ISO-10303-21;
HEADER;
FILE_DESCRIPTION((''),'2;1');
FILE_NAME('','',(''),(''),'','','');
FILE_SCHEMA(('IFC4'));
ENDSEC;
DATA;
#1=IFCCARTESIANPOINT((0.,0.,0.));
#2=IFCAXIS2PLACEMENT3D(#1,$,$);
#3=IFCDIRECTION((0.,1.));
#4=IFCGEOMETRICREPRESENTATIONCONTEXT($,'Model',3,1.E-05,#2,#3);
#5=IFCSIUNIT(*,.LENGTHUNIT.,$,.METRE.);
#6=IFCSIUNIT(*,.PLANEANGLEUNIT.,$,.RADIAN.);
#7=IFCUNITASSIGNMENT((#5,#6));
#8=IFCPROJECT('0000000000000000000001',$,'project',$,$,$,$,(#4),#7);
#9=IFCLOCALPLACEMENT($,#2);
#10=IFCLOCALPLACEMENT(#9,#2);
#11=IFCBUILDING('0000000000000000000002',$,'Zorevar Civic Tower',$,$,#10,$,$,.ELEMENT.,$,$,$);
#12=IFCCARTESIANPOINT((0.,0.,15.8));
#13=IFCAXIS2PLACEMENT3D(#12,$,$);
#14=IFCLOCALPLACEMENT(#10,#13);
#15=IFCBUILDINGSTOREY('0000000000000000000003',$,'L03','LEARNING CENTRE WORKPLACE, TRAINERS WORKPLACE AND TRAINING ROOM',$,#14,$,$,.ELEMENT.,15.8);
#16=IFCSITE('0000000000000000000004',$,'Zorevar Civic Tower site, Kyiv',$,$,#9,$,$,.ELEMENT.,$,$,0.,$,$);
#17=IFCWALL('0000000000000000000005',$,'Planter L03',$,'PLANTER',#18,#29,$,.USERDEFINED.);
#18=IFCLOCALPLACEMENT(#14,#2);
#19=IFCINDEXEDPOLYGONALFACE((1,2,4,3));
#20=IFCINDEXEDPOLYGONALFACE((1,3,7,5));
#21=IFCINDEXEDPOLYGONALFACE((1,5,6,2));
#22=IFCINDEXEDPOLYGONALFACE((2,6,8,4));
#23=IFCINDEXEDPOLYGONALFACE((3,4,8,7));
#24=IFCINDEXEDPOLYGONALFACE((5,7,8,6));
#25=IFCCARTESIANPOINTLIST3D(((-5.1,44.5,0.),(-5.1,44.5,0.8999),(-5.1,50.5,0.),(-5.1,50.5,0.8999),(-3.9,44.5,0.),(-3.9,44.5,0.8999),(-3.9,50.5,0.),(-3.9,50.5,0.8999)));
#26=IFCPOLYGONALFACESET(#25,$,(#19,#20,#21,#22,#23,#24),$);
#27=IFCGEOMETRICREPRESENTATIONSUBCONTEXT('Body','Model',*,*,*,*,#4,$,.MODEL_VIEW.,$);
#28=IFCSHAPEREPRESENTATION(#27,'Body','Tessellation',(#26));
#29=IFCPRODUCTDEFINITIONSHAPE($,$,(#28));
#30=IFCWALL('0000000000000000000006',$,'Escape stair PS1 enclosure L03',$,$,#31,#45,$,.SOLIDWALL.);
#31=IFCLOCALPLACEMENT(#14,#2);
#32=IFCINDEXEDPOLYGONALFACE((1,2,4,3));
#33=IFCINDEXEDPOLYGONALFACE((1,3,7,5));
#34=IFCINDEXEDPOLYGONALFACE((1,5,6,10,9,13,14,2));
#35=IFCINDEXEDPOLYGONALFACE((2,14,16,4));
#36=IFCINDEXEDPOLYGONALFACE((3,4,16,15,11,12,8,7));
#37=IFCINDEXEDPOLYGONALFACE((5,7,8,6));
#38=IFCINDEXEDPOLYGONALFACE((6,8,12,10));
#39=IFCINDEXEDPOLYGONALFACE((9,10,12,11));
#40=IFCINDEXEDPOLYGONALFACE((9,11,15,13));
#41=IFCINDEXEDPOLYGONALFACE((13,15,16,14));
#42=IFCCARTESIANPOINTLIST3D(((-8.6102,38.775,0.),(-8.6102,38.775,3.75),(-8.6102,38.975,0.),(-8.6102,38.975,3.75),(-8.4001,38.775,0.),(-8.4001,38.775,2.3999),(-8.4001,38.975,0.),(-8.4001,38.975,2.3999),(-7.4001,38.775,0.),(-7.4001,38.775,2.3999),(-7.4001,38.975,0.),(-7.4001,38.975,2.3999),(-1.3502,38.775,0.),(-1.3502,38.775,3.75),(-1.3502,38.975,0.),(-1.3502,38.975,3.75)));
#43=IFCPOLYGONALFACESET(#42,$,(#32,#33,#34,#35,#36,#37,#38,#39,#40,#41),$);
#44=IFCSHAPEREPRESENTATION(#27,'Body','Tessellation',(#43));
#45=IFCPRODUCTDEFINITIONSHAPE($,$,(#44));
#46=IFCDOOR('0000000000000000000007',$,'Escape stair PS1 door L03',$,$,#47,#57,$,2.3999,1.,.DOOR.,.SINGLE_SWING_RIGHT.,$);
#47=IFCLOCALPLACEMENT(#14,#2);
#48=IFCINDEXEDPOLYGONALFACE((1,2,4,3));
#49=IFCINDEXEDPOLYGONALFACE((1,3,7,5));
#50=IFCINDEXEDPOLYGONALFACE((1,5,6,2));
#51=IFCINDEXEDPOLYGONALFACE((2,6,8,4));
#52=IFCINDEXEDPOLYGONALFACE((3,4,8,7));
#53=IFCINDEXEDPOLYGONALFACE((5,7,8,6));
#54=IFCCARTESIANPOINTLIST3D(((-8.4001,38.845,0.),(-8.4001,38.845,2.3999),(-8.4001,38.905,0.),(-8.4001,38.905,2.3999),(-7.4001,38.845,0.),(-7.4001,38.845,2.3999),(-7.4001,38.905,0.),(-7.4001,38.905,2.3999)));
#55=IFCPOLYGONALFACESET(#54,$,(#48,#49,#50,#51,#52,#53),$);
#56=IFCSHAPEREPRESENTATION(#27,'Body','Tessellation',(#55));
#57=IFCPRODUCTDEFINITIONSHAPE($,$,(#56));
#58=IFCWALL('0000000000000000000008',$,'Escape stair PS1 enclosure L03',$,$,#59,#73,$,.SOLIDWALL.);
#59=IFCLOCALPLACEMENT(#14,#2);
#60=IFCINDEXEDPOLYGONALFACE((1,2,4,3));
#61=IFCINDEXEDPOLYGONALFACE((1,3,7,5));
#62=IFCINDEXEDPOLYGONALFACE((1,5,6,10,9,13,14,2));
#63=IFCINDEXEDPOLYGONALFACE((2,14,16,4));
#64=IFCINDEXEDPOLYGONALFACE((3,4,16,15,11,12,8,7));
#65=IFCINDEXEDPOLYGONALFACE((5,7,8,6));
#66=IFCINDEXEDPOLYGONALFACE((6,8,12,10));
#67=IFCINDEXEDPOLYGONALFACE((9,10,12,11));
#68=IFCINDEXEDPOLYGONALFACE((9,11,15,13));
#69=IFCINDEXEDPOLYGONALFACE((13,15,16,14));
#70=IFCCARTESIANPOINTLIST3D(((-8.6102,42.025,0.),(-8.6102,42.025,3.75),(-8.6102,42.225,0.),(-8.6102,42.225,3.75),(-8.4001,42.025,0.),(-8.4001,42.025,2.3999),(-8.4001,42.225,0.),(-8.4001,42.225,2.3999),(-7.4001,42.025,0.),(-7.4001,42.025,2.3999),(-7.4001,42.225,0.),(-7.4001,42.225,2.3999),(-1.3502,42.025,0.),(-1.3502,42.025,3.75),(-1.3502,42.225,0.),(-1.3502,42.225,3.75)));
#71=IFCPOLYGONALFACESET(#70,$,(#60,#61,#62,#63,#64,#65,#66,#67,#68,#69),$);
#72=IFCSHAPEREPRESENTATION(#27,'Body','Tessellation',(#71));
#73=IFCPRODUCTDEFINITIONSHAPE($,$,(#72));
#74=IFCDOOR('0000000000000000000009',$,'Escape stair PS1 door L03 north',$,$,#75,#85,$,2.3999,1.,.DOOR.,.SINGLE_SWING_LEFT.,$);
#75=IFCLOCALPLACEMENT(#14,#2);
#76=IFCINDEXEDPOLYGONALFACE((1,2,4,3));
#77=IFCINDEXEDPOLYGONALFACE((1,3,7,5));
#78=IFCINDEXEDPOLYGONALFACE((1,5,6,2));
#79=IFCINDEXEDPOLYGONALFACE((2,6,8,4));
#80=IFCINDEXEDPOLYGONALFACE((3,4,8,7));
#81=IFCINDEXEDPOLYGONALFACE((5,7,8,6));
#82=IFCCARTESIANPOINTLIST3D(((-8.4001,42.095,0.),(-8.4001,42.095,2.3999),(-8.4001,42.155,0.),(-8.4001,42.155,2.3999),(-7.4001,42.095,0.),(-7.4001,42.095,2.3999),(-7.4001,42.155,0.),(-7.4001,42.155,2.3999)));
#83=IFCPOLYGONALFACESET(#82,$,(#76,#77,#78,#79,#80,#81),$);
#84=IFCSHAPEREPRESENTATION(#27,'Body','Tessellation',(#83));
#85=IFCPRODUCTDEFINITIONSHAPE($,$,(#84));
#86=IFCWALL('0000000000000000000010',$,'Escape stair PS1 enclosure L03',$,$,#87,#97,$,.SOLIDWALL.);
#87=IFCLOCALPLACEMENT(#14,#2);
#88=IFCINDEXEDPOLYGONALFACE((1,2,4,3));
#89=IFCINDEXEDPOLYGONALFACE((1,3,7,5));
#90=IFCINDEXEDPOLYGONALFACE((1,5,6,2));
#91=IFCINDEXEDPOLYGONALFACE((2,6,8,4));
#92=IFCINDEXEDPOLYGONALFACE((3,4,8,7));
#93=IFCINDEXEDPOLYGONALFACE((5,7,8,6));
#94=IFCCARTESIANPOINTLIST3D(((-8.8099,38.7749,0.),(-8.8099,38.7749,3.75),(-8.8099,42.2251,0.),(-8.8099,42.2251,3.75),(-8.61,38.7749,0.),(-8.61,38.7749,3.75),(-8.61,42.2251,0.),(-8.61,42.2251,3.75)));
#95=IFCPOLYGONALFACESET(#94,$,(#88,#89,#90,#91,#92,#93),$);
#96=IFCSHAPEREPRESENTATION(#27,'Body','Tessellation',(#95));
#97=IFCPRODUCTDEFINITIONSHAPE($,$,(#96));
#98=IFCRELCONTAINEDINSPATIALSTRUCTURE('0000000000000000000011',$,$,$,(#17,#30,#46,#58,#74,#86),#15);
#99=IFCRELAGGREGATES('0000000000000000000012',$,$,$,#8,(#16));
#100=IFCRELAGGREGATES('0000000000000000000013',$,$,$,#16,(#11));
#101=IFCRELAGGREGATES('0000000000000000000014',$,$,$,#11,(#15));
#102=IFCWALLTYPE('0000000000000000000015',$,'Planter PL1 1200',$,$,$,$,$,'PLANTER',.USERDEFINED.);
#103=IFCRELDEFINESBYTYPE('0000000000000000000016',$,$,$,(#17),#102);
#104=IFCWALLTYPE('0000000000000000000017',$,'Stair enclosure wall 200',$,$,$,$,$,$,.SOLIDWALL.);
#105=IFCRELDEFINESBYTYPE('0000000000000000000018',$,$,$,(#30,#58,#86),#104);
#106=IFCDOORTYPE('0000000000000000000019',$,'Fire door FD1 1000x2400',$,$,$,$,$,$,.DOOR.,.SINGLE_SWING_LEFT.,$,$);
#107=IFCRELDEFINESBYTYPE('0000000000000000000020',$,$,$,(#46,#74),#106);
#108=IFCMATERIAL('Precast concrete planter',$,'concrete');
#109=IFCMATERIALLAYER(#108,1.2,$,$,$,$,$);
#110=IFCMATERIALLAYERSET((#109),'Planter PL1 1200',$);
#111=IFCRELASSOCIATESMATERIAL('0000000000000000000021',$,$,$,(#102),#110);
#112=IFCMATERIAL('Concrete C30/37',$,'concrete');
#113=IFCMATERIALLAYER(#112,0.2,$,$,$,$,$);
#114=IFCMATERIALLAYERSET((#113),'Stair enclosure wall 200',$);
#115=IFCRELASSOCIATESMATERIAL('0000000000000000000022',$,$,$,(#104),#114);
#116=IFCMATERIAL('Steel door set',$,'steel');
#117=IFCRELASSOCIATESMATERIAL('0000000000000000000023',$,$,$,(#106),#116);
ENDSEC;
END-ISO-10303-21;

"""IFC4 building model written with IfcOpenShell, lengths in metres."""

from ifc_helpers import new_model, si_unit, direction, frame, frame_2d, origin, place, context, subcontext, project, spatial, rectangle, extrude, material, layer, layer_set, type_object, element, fill, save


model = new_model("IFC4")

# Units and contexts
model_context = context("Model", 3, precision=1e-05, world=origin(), true_north=direction((0.0, 1.0)))
body_context = subcontext(model_context, "Body", "Model", "MODEL_VIEW")
ifc_project = project(units=[si_unit("LENGTHUNIT", "METRE"), si_unit("PLANEANGLEUNIT", "RADIAN")], contexts=[model_context])

# Site, building, storey
site_placement = place(None, origin())
site = spatial("IfcSite", under=ifc_project, at=site_placement, Name="Zorevar Civic Tower site, Kyiv", CompositionType="ELEMENT", RefElevation=0.0)
building_placement = place(site_placement, origin())
building = spatial("IfcBuilding", under=site, at=building_placement, Name="Zorevar Civic Tower", CompositionType="ELEMENT")
storey_placement = place(building_placement, frame((0.0, 0.0, 15.8)))
storey = spatial("IfcBuildingStorey", under=building, at=storey_placement, Name="L03", Description="LEARNING CENTRE WORKPLACE, TRAINERS WORKPLACE AND TRAINING ROOM", CompositionType="ELEMENT", Elevation=15.8)

# Wall
ifc_material_1 = material(Name="Precast concrete planter", Category="concrete")
ifc_layer_1 = layer(ifc_material_1, 1.2)
ifc_layer_set_1 = layer_set([ifc_layer_1], Name="Planter PL1 1200")
wall_type_1 = type_object("IfcWallType", Name="Planter PL1 1200", ElementType="PLANTER", PredefinedType="USERDEFINED", material=ifc_layer_set_1)
wall_1_placement = place(storey_placement, frame((-4.5, 44.5, 0.0), z_axis=(0.0, 0.0, 1.0), x_axis=(0.0, 1.0, 0.0)))
element("IfcWall", 1, at=wall_1_placement, inside=storey, type_object=wall_type_1, Name="Planter L03", ObjectType="PLANTER", PredefinedType="USERDEFINED", context=body_context, shape_type="SweptSolid", body=[
    extrude(rectangle(XDim=6.0, YDim=1.2, at=frame_2d((3.0, 0.0))), origin(), (0.0, 0.0, 1.0), 0.8999),
])

# Walls, openings, doors
ifc_material_2 = material(Name="Concrete C30/37", Category="concrete")
ifc_layer_2 = layer(ifc_material_2, 0.2)
ifc_layer_set_2 = layer_set([ifc_layer_2], Name="Stair enclosure wall 200")
wall_type_2 = type_object("IfcWallType", Name="Stair enclosure wall 200", PredefinedType="SOLIDWALL", material=ifc_layer_set_2)
wall_2_placement = place(storey_placement, frame((-8.6101, 38.875, 0.0), z_axis=(0.0, 0.0, 1.0), x_axis=(1.0, 0.0, 0.0)))
wall_2 = element("IfcWall", 2, at=wall_2_placement, inside=storey, type_object=wall_type_2, Name="Escape stair PS1 enclosure L03", PredefinedType="SOLIDWALL", context=body_context, shape_type="SweptSolid", body=[
    extrude(rectangle(XDim=7.26, YDim=0.2, at=frame_2d((3.6299, 0.0))), origin(), (0.0, 0.0, 1.0), 3.75),
])
opening_1_placement = place(wall_2_placement, frame((0.21, 0.0, 0.0)))
opening_1 = element("IfcOpeningElement", 3, at=opening_1_placement, cuts=wall_2, PredefinedType="OPENING", context=body_context, shape_type="SweptSolid", body=[
    extrude(rectangle(XDim=1.0, YDim=2.3999, at=frame_2d((0.5, 1.2))), frame((0.0, 0.1099, 0.0), z_axis=(0.0, -1.0, 0.0), x_axis=(1.0, 0.0, 0.0)), (0.0, 0.0, 1.0), 0.22),
])
ifc_material_3 = material(Name="Steel door set", Category="steel")
door_type = type_object("IfcDoorType", Name="Fire door FD1 1000x2400", OperationType="SINGLE_SWING_LEFT", PredefinedType="DOOR", material=ifc_material_3)
door_1_placement = place(opening_1_placement, origin())
door_1 = element("IfcDoor", 4, at=door_1_placement, inside=storey, type_object=door_type, Name="Escape stair PS1 door L03", OperationType="SINGLE_SWING_RIGHT", OverallHeight=2.3999, OverallWidth=1.0, PredefinedType="DOOR", context=body_context, shape_type="SweptSolid", body=[
    extrude(rectangle(XDim=1.0, YDim=2.3999, at=frame_2d((0.5, 1.2))), frame((0.0, 0.03, 0.0), z_axis=(0.0, -1.0, 0.0), x_axis=(1.0, 0.0, 0.0)), (0.0, 0.0, 1.0), 0.0601),
])
fill(opening_1, door_1)
wall_3_placement = place(storey_placement, frame((-8.6101, 42.125, 0.0), z_axis=(0.0, 0.0, 1.0), x_axis=(1.0, 0.0, 0.0)))
wall_3 = element("IfcWall", 5, at=wall_3_placement, inside=storey, type_object=wall_type_2, Name="Escape stair PS1 enclosure L03", PredefinedType="SOLIDWALL", context=body_context, shape_type="SweptSolid", body=[
    extrude(rectangle(XDim=7.26, YDim=0.2, at=frame_2d((3.6299, 0.0))), origin(), (0.0, 0.0, 1.0), 3.75),
])
opening_2_placement = place(wall_3_placement, frame((0.21, 0.0, 0.0)))
opening_2 = element("IfcOpeningElement", 6, at=opening_2_placement, cuts=wall_3, PredefinedType="OPENING", context=body_context, shape_type="SweptSolid", body=[
    extrude(rectangle(XDim=1.0, YDim=2.3999, at=frame_2d((0.5, 1.2))), frame((0.0, 0.1099, 0.0), z_axis=(0.0, -1.0, 0.0), x_axis=(1.0, 0.0, 0.0)), (0.0, 0.0, 1.0), 0.22),
])
door_2_placement = place(opening_2_placement, origin())
door_2 = element("IfcDoor", 7, at=door_2_placement, inside=storey, type_object=door_type, Name="Escape stair PS1 door L03 north", OperationType="SINGLE_SWING_LEFT", OverallHeight=2.3999, OverallWidth=1.0, PredefinedType="DOOR", context=body_context, shape_type="SweptSolid", body=[
    extrude(rectangle(XDim=1.0, YDim=2.3999, at=frame_2d((0.5, 1.2))), frame((0.0, 0.03, 0.0), z_axis=(0.0, -1.0, 0.0), x_axis=(1.0, 0.0, 0.0)), (0.0, 0.0, 1.0), 0.0601),
])
fill(opening_2, door_2)

# Wall
wall_4_placement = place(storey_placement, frame((-8.71, 38.7749, 0.0), z_axis=(0.0, 0.0, 1.0), x_axis=(0.0, 1.0, 0.0)))
element("IfcWall", 8, at=wall_4_placement, inside=storey, type_object=wall_type_2, Name="Escape stair PS1 enclosure L03", PredefinedType="SOLIDWALL", context=body_context, shape_type="SweptSolid", body=[
    extrude(rectangle(XDim=3.4502, YDim=0.2, at=frame_2d((1.7251, 0.0))), origin(), (0.0, 0.0, 1.0), 3.75),
])

save(model, "model.ifc")
